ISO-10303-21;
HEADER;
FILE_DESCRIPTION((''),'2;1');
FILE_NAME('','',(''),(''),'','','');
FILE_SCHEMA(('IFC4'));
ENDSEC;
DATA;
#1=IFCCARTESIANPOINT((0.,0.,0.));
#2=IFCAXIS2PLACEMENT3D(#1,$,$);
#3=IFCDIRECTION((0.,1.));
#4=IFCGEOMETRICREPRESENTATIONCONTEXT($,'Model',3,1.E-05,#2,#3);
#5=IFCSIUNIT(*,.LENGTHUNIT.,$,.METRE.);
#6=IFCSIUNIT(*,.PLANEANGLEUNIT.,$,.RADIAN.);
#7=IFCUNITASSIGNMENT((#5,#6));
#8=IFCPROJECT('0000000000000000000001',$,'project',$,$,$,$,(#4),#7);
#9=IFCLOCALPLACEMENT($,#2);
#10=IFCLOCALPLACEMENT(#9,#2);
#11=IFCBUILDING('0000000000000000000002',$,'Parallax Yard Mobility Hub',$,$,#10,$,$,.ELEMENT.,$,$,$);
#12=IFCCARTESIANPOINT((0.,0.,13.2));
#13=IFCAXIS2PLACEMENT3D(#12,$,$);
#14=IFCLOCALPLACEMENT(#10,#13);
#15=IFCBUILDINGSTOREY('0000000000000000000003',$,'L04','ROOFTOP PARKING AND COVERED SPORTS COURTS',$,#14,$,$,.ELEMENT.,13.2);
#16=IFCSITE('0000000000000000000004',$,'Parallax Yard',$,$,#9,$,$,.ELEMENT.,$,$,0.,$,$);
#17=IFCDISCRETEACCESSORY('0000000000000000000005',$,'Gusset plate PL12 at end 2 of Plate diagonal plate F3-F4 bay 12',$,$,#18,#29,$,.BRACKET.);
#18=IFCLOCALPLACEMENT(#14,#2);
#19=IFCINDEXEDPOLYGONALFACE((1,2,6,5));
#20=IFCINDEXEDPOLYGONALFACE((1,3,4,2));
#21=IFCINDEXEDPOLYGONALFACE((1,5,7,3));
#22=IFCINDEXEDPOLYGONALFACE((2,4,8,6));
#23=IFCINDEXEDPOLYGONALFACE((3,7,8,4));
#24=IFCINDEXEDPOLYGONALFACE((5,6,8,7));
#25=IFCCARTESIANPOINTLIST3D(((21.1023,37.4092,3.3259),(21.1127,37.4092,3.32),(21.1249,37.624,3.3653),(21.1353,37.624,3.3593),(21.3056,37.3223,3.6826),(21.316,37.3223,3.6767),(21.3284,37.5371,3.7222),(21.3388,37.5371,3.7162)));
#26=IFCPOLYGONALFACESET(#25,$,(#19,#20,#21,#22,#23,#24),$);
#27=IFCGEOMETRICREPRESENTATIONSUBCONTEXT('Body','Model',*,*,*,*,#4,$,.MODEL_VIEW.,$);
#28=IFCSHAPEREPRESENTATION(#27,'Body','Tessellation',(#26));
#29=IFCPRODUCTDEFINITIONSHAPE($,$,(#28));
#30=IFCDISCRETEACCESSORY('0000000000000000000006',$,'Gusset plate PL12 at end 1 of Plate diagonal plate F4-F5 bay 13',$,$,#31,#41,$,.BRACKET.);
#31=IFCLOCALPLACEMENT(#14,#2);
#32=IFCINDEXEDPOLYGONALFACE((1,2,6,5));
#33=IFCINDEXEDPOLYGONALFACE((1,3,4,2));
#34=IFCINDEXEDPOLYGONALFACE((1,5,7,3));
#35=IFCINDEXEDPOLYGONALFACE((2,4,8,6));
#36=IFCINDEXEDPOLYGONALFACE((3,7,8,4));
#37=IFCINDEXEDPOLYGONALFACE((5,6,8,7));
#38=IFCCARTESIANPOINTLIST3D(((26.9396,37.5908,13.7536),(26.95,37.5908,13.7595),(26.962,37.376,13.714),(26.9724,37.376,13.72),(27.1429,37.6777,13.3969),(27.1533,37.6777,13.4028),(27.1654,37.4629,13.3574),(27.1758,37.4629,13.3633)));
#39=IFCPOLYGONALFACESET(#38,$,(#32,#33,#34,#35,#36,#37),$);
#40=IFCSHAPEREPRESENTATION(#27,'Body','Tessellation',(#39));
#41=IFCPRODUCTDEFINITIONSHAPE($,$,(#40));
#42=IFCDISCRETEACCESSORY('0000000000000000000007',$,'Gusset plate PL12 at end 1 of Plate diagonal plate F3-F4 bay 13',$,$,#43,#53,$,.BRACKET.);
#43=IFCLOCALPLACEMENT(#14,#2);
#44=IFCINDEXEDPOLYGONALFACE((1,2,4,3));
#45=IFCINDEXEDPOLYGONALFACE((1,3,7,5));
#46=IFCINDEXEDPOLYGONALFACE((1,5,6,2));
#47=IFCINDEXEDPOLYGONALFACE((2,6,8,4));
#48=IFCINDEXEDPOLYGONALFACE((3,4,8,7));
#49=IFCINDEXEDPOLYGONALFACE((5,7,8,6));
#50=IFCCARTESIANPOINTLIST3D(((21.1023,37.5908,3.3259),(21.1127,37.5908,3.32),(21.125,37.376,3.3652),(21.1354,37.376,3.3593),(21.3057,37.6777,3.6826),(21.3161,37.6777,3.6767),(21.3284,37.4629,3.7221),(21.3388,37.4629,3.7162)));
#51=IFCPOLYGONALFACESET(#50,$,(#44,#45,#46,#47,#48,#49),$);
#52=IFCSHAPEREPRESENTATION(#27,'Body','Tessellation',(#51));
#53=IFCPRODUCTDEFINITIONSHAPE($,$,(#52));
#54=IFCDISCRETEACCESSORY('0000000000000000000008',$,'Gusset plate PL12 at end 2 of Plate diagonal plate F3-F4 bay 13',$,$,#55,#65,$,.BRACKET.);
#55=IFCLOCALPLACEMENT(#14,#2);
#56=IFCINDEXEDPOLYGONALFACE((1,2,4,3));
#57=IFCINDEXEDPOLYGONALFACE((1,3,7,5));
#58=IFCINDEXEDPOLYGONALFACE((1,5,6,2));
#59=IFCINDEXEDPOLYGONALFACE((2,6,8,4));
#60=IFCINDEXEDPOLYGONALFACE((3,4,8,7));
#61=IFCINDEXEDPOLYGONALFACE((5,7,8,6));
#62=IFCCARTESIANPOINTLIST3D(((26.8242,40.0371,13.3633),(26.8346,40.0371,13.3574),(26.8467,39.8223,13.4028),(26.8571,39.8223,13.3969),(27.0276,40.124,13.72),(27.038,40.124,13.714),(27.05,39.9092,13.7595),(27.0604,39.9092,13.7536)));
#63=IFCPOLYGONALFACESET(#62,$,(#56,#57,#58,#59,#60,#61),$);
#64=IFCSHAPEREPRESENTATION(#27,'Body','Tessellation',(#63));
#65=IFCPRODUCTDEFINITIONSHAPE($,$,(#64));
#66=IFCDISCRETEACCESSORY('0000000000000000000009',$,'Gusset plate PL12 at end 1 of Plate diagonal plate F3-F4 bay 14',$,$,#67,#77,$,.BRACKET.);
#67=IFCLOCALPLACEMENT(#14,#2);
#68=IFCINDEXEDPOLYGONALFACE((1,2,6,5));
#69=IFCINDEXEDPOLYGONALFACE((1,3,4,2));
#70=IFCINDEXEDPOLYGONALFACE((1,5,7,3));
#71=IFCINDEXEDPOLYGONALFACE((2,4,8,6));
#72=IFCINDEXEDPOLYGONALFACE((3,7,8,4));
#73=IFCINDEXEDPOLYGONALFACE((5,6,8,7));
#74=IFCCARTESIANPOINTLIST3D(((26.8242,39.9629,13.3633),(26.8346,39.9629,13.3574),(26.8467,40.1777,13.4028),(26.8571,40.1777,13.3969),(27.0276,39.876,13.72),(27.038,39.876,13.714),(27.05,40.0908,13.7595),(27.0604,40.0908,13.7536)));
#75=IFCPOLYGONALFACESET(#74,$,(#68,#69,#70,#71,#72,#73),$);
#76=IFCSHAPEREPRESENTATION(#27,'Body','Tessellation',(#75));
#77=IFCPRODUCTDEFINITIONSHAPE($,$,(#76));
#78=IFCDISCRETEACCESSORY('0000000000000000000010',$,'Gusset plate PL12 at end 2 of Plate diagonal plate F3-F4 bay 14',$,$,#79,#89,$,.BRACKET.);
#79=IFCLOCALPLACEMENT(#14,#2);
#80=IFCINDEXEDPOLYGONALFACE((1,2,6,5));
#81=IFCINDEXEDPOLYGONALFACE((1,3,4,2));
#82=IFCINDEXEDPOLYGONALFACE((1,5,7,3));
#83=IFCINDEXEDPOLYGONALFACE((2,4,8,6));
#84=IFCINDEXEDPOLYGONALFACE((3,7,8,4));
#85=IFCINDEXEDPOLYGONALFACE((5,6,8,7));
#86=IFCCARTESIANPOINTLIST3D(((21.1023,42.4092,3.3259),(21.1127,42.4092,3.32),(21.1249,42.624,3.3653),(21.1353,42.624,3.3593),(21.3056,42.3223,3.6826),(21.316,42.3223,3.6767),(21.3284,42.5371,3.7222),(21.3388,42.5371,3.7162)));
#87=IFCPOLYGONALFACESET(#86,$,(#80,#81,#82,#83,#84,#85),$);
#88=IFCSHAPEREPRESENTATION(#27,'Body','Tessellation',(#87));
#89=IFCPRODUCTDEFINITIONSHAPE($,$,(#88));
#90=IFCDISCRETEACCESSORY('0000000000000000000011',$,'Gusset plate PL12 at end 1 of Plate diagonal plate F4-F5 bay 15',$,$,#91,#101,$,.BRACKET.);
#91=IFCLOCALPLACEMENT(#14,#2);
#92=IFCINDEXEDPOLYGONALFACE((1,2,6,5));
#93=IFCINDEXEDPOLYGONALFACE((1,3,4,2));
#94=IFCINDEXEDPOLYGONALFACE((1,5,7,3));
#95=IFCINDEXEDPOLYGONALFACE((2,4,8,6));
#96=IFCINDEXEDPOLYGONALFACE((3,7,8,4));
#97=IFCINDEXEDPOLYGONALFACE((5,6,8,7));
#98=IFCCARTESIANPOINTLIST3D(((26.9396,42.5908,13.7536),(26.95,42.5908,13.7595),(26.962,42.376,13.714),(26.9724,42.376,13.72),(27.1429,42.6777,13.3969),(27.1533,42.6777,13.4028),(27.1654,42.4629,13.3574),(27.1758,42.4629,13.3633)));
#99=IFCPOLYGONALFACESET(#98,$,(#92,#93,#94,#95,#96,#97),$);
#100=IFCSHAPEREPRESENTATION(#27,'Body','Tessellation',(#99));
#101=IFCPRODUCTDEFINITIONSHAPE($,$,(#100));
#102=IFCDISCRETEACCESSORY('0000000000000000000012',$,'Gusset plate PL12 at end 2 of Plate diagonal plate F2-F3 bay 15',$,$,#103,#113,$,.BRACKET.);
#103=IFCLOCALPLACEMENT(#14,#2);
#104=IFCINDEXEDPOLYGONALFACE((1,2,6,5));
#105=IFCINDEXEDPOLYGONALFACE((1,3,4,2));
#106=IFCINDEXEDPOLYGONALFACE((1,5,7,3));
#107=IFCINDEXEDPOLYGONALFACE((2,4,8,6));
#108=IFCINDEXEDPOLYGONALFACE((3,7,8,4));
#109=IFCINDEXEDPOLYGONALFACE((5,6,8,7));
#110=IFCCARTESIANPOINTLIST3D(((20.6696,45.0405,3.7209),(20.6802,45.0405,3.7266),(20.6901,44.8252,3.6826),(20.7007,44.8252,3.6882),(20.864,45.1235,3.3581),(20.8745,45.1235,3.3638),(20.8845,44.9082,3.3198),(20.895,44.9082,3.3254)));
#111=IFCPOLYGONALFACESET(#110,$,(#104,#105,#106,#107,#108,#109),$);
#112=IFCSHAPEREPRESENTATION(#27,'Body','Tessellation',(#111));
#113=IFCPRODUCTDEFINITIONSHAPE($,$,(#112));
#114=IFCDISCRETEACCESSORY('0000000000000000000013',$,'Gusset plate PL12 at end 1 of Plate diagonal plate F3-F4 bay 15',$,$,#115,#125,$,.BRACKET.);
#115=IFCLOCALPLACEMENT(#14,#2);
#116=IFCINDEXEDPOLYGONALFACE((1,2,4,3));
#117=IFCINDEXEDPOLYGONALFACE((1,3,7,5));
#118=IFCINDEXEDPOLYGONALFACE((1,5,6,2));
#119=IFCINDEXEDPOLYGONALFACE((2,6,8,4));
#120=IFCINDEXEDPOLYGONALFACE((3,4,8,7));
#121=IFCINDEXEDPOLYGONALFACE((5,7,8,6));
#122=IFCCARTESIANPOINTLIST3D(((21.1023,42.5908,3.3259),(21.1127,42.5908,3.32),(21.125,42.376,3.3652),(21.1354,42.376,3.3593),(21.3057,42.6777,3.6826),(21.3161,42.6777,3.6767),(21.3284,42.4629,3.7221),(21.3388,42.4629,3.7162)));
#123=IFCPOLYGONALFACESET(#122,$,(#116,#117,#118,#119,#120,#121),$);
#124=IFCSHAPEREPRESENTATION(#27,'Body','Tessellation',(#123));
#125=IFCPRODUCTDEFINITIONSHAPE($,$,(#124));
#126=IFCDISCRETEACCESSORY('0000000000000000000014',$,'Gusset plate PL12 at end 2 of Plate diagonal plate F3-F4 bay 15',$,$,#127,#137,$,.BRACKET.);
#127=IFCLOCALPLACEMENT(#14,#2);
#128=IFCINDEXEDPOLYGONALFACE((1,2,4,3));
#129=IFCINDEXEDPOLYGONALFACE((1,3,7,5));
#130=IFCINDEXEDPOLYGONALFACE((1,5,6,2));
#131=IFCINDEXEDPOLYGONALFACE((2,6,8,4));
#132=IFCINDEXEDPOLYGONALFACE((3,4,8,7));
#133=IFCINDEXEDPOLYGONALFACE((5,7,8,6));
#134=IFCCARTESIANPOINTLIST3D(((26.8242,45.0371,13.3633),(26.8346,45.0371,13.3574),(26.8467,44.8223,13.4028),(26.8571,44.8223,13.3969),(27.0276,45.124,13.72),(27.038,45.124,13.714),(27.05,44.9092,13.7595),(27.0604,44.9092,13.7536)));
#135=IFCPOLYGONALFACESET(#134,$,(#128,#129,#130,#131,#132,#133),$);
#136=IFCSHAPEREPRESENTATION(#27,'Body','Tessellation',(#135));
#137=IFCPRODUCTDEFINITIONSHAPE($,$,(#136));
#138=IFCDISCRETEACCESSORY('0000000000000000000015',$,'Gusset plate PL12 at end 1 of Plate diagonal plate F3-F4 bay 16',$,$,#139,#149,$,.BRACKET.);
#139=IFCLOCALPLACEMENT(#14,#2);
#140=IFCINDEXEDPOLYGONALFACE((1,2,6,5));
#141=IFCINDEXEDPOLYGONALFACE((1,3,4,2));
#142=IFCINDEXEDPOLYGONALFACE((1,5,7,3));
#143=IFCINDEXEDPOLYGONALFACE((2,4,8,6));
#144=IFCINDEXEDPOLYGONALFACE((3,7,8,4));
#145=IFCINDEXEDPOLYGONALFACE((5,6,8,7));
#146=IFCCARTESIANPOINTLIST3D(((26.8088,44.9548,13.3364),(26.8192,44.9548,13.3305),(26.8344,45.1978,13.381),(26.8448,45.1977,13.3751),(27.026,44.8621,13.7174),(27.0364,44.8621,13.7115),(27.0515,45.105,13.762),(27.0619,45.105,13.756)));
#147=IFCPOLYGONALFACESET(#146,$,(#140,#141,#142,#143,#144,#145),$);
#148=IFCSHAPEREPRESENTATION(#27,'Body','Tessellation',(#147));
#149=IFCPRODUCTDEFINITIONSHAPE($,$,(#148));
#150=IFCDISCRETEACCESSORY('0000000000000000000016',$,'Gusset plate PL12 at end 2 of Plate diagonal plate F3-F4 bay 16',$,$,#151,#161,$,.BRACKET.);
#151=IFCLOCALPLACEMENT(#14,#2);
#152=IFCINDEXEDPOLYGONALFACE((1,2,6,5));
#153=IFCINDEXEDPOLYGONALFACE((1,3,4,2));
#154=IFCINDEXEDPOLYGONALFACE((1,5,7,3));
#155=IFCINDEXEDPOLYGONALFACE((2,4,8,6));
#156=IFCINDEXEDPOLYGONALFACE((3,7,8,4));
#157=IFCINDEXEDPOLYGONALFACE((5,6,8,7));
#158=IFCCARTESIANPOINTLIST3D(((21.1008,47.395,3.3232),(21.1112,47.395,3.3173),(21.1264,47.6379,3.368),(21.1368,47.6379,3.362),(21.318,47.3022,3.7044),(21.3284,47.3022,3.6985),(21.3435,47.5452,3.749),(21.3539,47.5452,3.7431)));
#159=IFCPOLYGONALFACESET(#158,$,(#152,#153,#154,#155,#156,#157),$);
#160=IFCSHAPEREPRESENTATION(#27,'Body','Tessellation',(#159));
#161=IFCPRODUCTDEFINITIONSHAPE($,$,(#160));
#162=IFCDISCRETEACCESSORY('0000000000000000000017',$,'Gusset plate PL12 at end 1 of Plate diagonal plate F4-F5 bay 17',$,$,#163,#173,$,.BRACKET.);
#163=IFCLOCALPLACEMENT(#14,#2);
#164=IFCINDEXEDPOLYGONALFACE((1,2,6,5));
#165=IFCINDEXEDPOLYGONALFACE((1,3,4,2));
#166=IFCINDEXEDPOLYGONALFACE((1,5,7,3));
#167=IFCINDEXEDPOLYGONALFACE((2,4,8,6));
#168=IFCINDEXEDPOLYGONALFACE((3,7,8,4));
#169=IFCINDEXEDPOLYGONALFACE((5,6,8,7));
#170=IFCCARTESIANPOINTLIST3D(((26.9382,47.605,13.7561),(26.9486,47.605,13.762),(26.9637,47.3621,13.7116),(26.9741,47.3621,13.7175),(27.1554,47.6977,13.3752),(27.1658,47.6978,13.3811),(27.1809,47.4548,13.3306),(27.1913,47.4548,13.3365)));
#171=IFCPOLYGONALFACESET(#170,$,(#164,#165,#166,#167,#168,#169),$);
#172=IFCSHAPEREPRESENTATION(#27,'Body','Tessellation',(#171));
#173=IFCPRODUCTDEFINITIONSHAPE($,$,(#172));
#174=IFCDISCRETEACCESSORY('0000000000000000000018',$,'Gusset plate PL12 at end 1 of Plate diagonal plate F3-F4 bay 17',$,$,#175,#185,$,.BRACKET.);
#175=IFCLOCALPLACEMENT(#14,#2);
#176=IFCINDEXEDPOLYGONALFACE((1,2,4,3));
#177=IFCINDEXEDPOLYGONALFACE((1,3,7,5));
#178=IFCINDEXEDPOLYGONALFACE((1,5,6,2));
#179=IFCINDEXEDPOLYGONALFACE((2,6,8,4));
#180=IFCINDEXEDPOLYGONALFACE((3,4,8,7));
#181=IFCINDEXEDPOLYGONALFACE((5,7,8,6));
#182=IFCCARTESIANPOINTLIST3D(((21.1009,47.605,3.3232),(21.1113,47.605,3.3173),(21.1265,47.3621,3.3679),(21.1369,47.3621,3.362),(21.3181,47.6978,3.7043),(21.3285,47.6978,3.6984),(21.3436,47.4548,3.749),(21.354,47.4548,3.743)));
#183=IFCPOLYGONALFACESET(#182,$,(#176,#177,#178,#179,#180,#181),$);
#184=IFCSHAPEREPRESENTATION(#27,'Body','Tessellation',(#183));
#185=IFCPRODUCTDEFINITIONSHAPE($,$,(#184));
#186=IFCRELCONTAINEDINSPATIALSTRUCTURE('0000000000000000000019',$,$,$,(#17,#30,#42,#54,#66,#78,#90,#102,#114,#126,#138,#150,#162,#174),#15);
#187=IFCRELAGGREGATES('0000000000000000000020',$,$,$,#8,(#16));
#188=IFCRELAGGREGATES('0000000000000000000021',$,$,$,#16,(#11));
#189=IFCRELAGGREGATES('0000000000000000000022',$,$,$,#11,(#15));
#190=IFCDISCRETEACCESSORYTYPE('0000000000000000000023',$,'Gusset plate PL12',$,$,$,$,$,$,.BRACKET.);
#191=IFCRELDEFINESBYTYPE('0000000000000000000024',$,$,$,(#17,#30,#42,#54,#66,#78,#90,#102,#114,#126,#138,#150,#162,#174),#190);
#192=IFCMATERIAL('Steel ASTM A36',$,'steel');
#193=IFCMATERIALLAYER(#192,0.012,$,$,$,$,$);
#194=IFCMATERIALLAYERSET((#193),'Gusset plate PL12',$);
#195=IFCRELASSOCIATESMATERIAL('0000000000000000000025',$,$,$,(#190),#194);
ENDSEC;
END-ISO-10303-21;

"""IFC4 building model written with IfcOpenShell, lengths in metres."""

from ifc_helpers import new_model, si_unit, direction, frame, origin, place, context, subcontext, project, spatial, polyline, outline, extrude, material, layer, layer_set, type_object, element, save


model = new_model("IFC4")

# Units and contexts
model_context = context("Model", 3, precision=1e-05, world=origin(), true_north=direction((0.0, 1.0)))
body_context = subcontext(model_context, "Body", "Model", "MODEL_VIEW")
ifc_project = project(units=[si_unit("LENGTHUNIT", "METRE"), si_unit("PLANEANGLEUNIT", "RADIAN")], contexts=[model_context])

# Site, building, storey
site_placement = place(None, origin())
site = spatial("IfcSite", under=ifc_project, at=site_placement, Name="Parallax Yard", CompositionType="ELEMENT", RefElevation=0.0)
building_placement = place(site_placement, origin())
building = spatial("IfcBuilding", under=site, at=building_placement, Name="Parallax Yard Mobility Hub", CompositionType="ELEMENT")
storey_placement = place(building_placement, frame((0.0, 0.0, 13.2)))
storey = spatial("IfcBuildingStorey", under=building, at=storey_placement, Name="L04", Description="ROOFTOP PARKING AND COVERED SPORTS COURTS", CompositionType="ELEMENT", Elevation=13.2)

# Discrete accessories
ifc_material_1 = material(Name="Steel ASTM A36", Category="steel")
ifc_layer = layer(ifc_material_1, 0.012)
ifc_layer_set = layer_set([ifc_layer], Name="Gusset plate PL12")
discrete_accessory_type = type_object("IfcDiscreteAccessoryType", Name="Gusset plate PL12", PredefinedType="BRACKET", material=ifc_layer_set)
discrete_accessory_1_placement = place(storey_placement, frame((21.3284, 37.5371, 3.7222), z_axis=(-0.868697, 0.000899, 0.495343), x_axis=(-0.484455, 0.206988, -0.849976)))
element("IfcDiscreteAccessory", 1, at=discrete_accessory_1_placement, inside=storey, type_object=discrete_accessory_type, Name="Gusset plate PL12 at end 2 of Plate diagonal plate F3-F4 bay 12", PredefinedType="BRACKET", context=body_context, shape_type="SweptSolid", body=[
    extrude(outline(polyline([(0.0, 0.0), (0.4199, 0.0), (0.4198, 0.2196), (0.0001, 0.2196), (0.0, 0.0)])), origin(), (0.0, 0.0, -1.0), 0.012),
])
discrete_accessory_2_placement = place(storey_placement, frame((27.1533, 37.6777, 13.4028), z_axis=(0.868755, -0.000345, 0.495243), x_axis=(-0.484569, -0.207091, 0.849886)))
element("IfcDiscreteAccessory", 2, at=discrete_accessory_2_placement, inside=storey, type_object=discrete_accessory_type, Name="Gusset plate PL12 at end 1 of Plate diagonal plate F4-F5 bay 13", PredefinedType="BRACKET", context=body_context, shape_type="SweptSolid", body=[
    extrude(outline(polyline([(0.0, 0.0), (0.4197, 0.0), (0.4197, 0.2196), (0.0, 0.2196), (0.0, 0.0)])), origin(), (0.0, 0.0, -1.0), 0.012),
])
discrete_accessory_3_placement = place(storey_placement, frame((21.3057, 37.6777, 3.6826), z_axis=(-0.868697, -0.000899, 0.495343), x_axis=(-0.484444, -0.207091, -0.849958)))
element("IfcDiscreteAccessory", 3, at=discrete_accessory_3_placement, inside=storey, type_object=discrete_accessory_type, Name="Gusset plate PL12 at end 1 of Plate diagonal plate F3-F4 bay 13", PredefinedType="BRACKET", context=body_context, shape_type="SweptSolid", body=[
    extrude(outline(polyline([(0.0, 0.0), (0.4197, 0.0), (0.4198, 0.2196), (-0.0001, 0.2196), (0.0, 0.0)])), origin(), (0.0, 0.0, -1.0), 0.012),
])
discrete_accessory_4_placement = place(storey_placement, frame((26.8467, 39.8223, 13.4028), z_axis=(-0.868755, 0.000345, 0.495243), x_axis=(0.484569, 0.207091, 0.849886)))
element("IfcDiscreteAccessory", 4, at=discrete_accessory_4_placement, inside=storey, type_object=discrete_accessory_type, Name="Gusset plate PL12 at end 2 of Plate diagonal plate F3-F4 bay 13", PredefinedType="BRACKET", context=body_context, shape_type="SweptSolid", body=[
    extrude(outline(polyline([(0.0, 0.0), (0.4197, 0.0), (0.4197, 0.2196), (0.0, 0.2196), (0.0, 0.0)])), origin(), (0.0, 0.0, -1.0), 0.012),
])
discrete_accessory_5_placement = place(storey_placement, frame((26.8242, 39.9629, 13.3633), z_axis=(-0.868755, -0.000345, 0.495243), x_axis=(0.484569, -0.207091, 0.849886)))
element("IfcDiscreteAccessory", 5, at=discrete_accessory_5_placement, inside=storey, type_object=discrete_accessory_type, Name="Gusset plate PL12 at end 1 of Plate diagonal plate F3-F4 bay 14", PredefinedType="BRACKET", context=body_context, shape_type="SweptSolid", body=[
    extrude(outline(polyline([(0.0, 0.0), (0.4197, 0.0), (0.4197, 0.2196), (0.0, 0.2196), (0.0, 0.0)])), origin(), (0.0, 0.0, -1.0), 0.012),
])
discrete_accessory_6_placement = place(storey_placement, frame((21.3284, 42.5371, 3.7222), z_axis=(-0.868697, 0.000899, 0.495343), x_axis=(-0.484455, 0.206988, -0.849976)))
element("IfcDiscreteAccessory", 6, at=discrete_accessory_6_placement, inside=storey, type_object=discrete_accessory_type, Name="Gusset plate PL12 at end 2 of Plate diagonal plate F3-F4 bay 14", PredefinedType="BRACKET", context=body_context, shape_type="SweptSolid", body=[
    extrude(outline(polyline([(0.0, 0.0), (0.4199, 0.0), (0.4198, 0.2196), (0.0001, 0.2196), (0.0, 0.0)])), origin(), (0.0, 0.0, -1.0), 0.012),
])
discrete_accessory_7_placement = place(storey_placement, frame((27.1533, 42.6777, 13.4028), z_axis=(0.868755, -0.000345, 0.495243), x_axis=(-0.484569, -0.207091, 0.849886)))
element("IfcDiscreteAccessory", 7, at=discrete_accessory_7_placement, inside=storey, type_object=discrete_accessory_type, Name="Gusset plate PL12 at end 1 of Plate diagonal plate F4-F5 bay 15", PredefinedType="BRACKET", context=body_context, shape_type="SweptSolid", body=[
    extrude(outline(polyline([(0.0, 0.0), (0.4197, 0.0), (0.4197, 0.2196), (0.0, 0.2196), (0.0, 0.0)])), origin(), (0.0, 0.0, -1.0), 0.012),
])
discrete_accessory_8_placement = place(storey_placement, frame((20.7007, 44.8252, 3.6882), z_axis=(0.881507, -0.000096, 0.472171), x_axis=(0.462868, 0.197707, -0.864098)))
element("IfcDiscreteAccessory", 8, at=discrete_accessory_8_placement, inside=storey, type_object=discrete_accessory_type, Name="Gusset plate PL12 at end 2 of Plate diagonal plate F2-F3 bay 15", PredefinedType="BRACKET", context=body_context, shape_type="SweptSolid", body=[
    extrude(outline(polyline([(0.0, 0.0), (0.4199, 0.0), (0.4198, 0.2197), (0.0, 0.2197), (0.0, 0.0)])), origin(), (0.0, 0.0, -1.0), 0.012),
])
discrete_accessory_9_placement = place(storey_placement, frame((21.3057, 42.6777, 3.6826), z_axis=(-0.868697, -0.000899, 0.495343), x_axis=(-0.484444, -0.207091, -0.849958)))
element("IfcDiscreteAccessory", 9, at=discrete_accessory_9_placement, inside=storey, type_object=discrete_accessory_type, Name="Gusset plate PL12 at end 1 of Plate diagonal plate F3-F4 bay 15", PredefinedType="BRACKET", context=body_context, shape_type="SweptSolid", body=[
    extrude(outline(polyline([(0.0, 0.0), (0.4197, 0.0), (0.4198, 0.2196), (-0.0001, 0.2196), (0.0, 0.0)])), origin(), (0.0, 0.0, -1.0), 0.012),
])
discrete_accessory_10_placement = place(storey_placement, frame((26.8467, 44.8223, 13.4028), z_axis=(-0.868755, 0.000345, 0.495243), x_axis=(0.484569, 0.207091, 0.849886)))
element("IfcDiscreteAccessory", 10, at=discrete_accessory_10_placement, inside=storey, type_object=discrete_accessory_type, Name="Gusset plate PL12 at end 2 of Plate diagonal plate F3-F4 bay 15", PredefinedType="BRACKET", context=body_context, shape_type="SweptSolid", body=[
    extrude(outline(polyline([(0.0, 0.0), (0.4197, 0.0), (0.4197, 0.2196), (0.0, 0.2196), (0.0, 0.0)])), origin(), (0.0, 0.0, -1.0), 0.012),
])
discrete_accessory_11_placement = place(storey_placement, frame((26.8088, 44.9548, 13.3364), z_axis=(-0.868732, 0.000396, 0.495282), x_axis=(0.484488, -0.206955, 0.849965)))
element("IfcDiscreteAccessory", 11, at=discrete_accessory_11_placement, inside=storey, type_object=discrete_accessory_type, Name="Gusset plate PL12 at end 1 of Plate diagonal plate F3-F4 bay 16", PredefinedType="BRACKET", context=body_context, shape_type="SweptSolid", body=[
    extrude(outline(polyline([(0.0, 0.0), (0.4483, 0.0), (0.4482, 0.2483), (0.0, 0.2483), (0.0, 0.0)])), origin(), (0.0, 0.0, -1.0), 0.012),
])
discrete_accessory_12_placement = place(storey_placement, frame((21.3435, 47.5452, 3.749), z_axis=(-0.868823, 0.000185, 0.495124), x_axis=(-0.484371, 0.206955, -0.850032)))
element("IfcDiscreteAccessory", 12, at=discrete_accessory_12_placement, inside=storey, type_object=discrete_accessory_type, Name="Gusset plate PL12 at end 2 of Plate diagonal plate F3-F4 bay 16", PredefinedType="BRACKET", context=body_context, shape_type="SweptSolid", body=[
    extrude(outline(polyline([(0.0, 0.0), (0.4483, 0.0), (0.4484, 0.2483), (0.0, 0.2483), (0.0, 0.0)])), origin(), (0.0, 0.0, -1.0), 0.012),
])
discrete_accessory_13_placement = place(storey_placement, frame((27.1658, 47.6978, 13.3811), z_axis=(0.868732, 0.000396, 0.495282), x_axis=(-0.484484, -0.206996, 0.849958)))
element("IfcDiscreteAccessory", 13, at=discrete_accessory_13_placement, inside=storey, type_object=discrete_accessory_type, Name="Gusset plate PL12 at end 1 of Plate diagonal plate F4-F5 bay 17", PredefinedType="BRACKET", context=body_context, shape_type="SweptSolid", body=[
    extrude(outline(polyline([(0.0, 0.0), (0.4482, 0.0), (0.4483, 0.2483), (0.0, 0.2483), (0.0, 0.0)])), origin(), (0.0, 0.0, -1.0), 0.012),
])
discrete_accessory_14_placement = place(storey_placement, frame((21.3181, 47.6978, 3.7043), z_axis=(-0.868823, -0.000185, 0.495124), x_axis=(-0.484377, -0.2069, -0.850042)))
element("IfcDiscreteAccessory", 14, at=discrete_accessory_14_placement, inside=storey, type_object=discrete_accessory_type, Name="Gusset plate PL12 at end 1 of Plate diagonal plate F3-F4 bay 17", PredefinedType="BRACKET", context=body_context, shape_type="SweptSolid", body=[
    extrude(outline(polyline([(0.0, 0.0), (0.4484, 0.0), (0.4483, 0.2483), (0.0, 0.2483), (0.0, 0.0)])), origin(), (0.0, 0.0, -1.0), 0.012),
])

save(model, "model.ifc")
